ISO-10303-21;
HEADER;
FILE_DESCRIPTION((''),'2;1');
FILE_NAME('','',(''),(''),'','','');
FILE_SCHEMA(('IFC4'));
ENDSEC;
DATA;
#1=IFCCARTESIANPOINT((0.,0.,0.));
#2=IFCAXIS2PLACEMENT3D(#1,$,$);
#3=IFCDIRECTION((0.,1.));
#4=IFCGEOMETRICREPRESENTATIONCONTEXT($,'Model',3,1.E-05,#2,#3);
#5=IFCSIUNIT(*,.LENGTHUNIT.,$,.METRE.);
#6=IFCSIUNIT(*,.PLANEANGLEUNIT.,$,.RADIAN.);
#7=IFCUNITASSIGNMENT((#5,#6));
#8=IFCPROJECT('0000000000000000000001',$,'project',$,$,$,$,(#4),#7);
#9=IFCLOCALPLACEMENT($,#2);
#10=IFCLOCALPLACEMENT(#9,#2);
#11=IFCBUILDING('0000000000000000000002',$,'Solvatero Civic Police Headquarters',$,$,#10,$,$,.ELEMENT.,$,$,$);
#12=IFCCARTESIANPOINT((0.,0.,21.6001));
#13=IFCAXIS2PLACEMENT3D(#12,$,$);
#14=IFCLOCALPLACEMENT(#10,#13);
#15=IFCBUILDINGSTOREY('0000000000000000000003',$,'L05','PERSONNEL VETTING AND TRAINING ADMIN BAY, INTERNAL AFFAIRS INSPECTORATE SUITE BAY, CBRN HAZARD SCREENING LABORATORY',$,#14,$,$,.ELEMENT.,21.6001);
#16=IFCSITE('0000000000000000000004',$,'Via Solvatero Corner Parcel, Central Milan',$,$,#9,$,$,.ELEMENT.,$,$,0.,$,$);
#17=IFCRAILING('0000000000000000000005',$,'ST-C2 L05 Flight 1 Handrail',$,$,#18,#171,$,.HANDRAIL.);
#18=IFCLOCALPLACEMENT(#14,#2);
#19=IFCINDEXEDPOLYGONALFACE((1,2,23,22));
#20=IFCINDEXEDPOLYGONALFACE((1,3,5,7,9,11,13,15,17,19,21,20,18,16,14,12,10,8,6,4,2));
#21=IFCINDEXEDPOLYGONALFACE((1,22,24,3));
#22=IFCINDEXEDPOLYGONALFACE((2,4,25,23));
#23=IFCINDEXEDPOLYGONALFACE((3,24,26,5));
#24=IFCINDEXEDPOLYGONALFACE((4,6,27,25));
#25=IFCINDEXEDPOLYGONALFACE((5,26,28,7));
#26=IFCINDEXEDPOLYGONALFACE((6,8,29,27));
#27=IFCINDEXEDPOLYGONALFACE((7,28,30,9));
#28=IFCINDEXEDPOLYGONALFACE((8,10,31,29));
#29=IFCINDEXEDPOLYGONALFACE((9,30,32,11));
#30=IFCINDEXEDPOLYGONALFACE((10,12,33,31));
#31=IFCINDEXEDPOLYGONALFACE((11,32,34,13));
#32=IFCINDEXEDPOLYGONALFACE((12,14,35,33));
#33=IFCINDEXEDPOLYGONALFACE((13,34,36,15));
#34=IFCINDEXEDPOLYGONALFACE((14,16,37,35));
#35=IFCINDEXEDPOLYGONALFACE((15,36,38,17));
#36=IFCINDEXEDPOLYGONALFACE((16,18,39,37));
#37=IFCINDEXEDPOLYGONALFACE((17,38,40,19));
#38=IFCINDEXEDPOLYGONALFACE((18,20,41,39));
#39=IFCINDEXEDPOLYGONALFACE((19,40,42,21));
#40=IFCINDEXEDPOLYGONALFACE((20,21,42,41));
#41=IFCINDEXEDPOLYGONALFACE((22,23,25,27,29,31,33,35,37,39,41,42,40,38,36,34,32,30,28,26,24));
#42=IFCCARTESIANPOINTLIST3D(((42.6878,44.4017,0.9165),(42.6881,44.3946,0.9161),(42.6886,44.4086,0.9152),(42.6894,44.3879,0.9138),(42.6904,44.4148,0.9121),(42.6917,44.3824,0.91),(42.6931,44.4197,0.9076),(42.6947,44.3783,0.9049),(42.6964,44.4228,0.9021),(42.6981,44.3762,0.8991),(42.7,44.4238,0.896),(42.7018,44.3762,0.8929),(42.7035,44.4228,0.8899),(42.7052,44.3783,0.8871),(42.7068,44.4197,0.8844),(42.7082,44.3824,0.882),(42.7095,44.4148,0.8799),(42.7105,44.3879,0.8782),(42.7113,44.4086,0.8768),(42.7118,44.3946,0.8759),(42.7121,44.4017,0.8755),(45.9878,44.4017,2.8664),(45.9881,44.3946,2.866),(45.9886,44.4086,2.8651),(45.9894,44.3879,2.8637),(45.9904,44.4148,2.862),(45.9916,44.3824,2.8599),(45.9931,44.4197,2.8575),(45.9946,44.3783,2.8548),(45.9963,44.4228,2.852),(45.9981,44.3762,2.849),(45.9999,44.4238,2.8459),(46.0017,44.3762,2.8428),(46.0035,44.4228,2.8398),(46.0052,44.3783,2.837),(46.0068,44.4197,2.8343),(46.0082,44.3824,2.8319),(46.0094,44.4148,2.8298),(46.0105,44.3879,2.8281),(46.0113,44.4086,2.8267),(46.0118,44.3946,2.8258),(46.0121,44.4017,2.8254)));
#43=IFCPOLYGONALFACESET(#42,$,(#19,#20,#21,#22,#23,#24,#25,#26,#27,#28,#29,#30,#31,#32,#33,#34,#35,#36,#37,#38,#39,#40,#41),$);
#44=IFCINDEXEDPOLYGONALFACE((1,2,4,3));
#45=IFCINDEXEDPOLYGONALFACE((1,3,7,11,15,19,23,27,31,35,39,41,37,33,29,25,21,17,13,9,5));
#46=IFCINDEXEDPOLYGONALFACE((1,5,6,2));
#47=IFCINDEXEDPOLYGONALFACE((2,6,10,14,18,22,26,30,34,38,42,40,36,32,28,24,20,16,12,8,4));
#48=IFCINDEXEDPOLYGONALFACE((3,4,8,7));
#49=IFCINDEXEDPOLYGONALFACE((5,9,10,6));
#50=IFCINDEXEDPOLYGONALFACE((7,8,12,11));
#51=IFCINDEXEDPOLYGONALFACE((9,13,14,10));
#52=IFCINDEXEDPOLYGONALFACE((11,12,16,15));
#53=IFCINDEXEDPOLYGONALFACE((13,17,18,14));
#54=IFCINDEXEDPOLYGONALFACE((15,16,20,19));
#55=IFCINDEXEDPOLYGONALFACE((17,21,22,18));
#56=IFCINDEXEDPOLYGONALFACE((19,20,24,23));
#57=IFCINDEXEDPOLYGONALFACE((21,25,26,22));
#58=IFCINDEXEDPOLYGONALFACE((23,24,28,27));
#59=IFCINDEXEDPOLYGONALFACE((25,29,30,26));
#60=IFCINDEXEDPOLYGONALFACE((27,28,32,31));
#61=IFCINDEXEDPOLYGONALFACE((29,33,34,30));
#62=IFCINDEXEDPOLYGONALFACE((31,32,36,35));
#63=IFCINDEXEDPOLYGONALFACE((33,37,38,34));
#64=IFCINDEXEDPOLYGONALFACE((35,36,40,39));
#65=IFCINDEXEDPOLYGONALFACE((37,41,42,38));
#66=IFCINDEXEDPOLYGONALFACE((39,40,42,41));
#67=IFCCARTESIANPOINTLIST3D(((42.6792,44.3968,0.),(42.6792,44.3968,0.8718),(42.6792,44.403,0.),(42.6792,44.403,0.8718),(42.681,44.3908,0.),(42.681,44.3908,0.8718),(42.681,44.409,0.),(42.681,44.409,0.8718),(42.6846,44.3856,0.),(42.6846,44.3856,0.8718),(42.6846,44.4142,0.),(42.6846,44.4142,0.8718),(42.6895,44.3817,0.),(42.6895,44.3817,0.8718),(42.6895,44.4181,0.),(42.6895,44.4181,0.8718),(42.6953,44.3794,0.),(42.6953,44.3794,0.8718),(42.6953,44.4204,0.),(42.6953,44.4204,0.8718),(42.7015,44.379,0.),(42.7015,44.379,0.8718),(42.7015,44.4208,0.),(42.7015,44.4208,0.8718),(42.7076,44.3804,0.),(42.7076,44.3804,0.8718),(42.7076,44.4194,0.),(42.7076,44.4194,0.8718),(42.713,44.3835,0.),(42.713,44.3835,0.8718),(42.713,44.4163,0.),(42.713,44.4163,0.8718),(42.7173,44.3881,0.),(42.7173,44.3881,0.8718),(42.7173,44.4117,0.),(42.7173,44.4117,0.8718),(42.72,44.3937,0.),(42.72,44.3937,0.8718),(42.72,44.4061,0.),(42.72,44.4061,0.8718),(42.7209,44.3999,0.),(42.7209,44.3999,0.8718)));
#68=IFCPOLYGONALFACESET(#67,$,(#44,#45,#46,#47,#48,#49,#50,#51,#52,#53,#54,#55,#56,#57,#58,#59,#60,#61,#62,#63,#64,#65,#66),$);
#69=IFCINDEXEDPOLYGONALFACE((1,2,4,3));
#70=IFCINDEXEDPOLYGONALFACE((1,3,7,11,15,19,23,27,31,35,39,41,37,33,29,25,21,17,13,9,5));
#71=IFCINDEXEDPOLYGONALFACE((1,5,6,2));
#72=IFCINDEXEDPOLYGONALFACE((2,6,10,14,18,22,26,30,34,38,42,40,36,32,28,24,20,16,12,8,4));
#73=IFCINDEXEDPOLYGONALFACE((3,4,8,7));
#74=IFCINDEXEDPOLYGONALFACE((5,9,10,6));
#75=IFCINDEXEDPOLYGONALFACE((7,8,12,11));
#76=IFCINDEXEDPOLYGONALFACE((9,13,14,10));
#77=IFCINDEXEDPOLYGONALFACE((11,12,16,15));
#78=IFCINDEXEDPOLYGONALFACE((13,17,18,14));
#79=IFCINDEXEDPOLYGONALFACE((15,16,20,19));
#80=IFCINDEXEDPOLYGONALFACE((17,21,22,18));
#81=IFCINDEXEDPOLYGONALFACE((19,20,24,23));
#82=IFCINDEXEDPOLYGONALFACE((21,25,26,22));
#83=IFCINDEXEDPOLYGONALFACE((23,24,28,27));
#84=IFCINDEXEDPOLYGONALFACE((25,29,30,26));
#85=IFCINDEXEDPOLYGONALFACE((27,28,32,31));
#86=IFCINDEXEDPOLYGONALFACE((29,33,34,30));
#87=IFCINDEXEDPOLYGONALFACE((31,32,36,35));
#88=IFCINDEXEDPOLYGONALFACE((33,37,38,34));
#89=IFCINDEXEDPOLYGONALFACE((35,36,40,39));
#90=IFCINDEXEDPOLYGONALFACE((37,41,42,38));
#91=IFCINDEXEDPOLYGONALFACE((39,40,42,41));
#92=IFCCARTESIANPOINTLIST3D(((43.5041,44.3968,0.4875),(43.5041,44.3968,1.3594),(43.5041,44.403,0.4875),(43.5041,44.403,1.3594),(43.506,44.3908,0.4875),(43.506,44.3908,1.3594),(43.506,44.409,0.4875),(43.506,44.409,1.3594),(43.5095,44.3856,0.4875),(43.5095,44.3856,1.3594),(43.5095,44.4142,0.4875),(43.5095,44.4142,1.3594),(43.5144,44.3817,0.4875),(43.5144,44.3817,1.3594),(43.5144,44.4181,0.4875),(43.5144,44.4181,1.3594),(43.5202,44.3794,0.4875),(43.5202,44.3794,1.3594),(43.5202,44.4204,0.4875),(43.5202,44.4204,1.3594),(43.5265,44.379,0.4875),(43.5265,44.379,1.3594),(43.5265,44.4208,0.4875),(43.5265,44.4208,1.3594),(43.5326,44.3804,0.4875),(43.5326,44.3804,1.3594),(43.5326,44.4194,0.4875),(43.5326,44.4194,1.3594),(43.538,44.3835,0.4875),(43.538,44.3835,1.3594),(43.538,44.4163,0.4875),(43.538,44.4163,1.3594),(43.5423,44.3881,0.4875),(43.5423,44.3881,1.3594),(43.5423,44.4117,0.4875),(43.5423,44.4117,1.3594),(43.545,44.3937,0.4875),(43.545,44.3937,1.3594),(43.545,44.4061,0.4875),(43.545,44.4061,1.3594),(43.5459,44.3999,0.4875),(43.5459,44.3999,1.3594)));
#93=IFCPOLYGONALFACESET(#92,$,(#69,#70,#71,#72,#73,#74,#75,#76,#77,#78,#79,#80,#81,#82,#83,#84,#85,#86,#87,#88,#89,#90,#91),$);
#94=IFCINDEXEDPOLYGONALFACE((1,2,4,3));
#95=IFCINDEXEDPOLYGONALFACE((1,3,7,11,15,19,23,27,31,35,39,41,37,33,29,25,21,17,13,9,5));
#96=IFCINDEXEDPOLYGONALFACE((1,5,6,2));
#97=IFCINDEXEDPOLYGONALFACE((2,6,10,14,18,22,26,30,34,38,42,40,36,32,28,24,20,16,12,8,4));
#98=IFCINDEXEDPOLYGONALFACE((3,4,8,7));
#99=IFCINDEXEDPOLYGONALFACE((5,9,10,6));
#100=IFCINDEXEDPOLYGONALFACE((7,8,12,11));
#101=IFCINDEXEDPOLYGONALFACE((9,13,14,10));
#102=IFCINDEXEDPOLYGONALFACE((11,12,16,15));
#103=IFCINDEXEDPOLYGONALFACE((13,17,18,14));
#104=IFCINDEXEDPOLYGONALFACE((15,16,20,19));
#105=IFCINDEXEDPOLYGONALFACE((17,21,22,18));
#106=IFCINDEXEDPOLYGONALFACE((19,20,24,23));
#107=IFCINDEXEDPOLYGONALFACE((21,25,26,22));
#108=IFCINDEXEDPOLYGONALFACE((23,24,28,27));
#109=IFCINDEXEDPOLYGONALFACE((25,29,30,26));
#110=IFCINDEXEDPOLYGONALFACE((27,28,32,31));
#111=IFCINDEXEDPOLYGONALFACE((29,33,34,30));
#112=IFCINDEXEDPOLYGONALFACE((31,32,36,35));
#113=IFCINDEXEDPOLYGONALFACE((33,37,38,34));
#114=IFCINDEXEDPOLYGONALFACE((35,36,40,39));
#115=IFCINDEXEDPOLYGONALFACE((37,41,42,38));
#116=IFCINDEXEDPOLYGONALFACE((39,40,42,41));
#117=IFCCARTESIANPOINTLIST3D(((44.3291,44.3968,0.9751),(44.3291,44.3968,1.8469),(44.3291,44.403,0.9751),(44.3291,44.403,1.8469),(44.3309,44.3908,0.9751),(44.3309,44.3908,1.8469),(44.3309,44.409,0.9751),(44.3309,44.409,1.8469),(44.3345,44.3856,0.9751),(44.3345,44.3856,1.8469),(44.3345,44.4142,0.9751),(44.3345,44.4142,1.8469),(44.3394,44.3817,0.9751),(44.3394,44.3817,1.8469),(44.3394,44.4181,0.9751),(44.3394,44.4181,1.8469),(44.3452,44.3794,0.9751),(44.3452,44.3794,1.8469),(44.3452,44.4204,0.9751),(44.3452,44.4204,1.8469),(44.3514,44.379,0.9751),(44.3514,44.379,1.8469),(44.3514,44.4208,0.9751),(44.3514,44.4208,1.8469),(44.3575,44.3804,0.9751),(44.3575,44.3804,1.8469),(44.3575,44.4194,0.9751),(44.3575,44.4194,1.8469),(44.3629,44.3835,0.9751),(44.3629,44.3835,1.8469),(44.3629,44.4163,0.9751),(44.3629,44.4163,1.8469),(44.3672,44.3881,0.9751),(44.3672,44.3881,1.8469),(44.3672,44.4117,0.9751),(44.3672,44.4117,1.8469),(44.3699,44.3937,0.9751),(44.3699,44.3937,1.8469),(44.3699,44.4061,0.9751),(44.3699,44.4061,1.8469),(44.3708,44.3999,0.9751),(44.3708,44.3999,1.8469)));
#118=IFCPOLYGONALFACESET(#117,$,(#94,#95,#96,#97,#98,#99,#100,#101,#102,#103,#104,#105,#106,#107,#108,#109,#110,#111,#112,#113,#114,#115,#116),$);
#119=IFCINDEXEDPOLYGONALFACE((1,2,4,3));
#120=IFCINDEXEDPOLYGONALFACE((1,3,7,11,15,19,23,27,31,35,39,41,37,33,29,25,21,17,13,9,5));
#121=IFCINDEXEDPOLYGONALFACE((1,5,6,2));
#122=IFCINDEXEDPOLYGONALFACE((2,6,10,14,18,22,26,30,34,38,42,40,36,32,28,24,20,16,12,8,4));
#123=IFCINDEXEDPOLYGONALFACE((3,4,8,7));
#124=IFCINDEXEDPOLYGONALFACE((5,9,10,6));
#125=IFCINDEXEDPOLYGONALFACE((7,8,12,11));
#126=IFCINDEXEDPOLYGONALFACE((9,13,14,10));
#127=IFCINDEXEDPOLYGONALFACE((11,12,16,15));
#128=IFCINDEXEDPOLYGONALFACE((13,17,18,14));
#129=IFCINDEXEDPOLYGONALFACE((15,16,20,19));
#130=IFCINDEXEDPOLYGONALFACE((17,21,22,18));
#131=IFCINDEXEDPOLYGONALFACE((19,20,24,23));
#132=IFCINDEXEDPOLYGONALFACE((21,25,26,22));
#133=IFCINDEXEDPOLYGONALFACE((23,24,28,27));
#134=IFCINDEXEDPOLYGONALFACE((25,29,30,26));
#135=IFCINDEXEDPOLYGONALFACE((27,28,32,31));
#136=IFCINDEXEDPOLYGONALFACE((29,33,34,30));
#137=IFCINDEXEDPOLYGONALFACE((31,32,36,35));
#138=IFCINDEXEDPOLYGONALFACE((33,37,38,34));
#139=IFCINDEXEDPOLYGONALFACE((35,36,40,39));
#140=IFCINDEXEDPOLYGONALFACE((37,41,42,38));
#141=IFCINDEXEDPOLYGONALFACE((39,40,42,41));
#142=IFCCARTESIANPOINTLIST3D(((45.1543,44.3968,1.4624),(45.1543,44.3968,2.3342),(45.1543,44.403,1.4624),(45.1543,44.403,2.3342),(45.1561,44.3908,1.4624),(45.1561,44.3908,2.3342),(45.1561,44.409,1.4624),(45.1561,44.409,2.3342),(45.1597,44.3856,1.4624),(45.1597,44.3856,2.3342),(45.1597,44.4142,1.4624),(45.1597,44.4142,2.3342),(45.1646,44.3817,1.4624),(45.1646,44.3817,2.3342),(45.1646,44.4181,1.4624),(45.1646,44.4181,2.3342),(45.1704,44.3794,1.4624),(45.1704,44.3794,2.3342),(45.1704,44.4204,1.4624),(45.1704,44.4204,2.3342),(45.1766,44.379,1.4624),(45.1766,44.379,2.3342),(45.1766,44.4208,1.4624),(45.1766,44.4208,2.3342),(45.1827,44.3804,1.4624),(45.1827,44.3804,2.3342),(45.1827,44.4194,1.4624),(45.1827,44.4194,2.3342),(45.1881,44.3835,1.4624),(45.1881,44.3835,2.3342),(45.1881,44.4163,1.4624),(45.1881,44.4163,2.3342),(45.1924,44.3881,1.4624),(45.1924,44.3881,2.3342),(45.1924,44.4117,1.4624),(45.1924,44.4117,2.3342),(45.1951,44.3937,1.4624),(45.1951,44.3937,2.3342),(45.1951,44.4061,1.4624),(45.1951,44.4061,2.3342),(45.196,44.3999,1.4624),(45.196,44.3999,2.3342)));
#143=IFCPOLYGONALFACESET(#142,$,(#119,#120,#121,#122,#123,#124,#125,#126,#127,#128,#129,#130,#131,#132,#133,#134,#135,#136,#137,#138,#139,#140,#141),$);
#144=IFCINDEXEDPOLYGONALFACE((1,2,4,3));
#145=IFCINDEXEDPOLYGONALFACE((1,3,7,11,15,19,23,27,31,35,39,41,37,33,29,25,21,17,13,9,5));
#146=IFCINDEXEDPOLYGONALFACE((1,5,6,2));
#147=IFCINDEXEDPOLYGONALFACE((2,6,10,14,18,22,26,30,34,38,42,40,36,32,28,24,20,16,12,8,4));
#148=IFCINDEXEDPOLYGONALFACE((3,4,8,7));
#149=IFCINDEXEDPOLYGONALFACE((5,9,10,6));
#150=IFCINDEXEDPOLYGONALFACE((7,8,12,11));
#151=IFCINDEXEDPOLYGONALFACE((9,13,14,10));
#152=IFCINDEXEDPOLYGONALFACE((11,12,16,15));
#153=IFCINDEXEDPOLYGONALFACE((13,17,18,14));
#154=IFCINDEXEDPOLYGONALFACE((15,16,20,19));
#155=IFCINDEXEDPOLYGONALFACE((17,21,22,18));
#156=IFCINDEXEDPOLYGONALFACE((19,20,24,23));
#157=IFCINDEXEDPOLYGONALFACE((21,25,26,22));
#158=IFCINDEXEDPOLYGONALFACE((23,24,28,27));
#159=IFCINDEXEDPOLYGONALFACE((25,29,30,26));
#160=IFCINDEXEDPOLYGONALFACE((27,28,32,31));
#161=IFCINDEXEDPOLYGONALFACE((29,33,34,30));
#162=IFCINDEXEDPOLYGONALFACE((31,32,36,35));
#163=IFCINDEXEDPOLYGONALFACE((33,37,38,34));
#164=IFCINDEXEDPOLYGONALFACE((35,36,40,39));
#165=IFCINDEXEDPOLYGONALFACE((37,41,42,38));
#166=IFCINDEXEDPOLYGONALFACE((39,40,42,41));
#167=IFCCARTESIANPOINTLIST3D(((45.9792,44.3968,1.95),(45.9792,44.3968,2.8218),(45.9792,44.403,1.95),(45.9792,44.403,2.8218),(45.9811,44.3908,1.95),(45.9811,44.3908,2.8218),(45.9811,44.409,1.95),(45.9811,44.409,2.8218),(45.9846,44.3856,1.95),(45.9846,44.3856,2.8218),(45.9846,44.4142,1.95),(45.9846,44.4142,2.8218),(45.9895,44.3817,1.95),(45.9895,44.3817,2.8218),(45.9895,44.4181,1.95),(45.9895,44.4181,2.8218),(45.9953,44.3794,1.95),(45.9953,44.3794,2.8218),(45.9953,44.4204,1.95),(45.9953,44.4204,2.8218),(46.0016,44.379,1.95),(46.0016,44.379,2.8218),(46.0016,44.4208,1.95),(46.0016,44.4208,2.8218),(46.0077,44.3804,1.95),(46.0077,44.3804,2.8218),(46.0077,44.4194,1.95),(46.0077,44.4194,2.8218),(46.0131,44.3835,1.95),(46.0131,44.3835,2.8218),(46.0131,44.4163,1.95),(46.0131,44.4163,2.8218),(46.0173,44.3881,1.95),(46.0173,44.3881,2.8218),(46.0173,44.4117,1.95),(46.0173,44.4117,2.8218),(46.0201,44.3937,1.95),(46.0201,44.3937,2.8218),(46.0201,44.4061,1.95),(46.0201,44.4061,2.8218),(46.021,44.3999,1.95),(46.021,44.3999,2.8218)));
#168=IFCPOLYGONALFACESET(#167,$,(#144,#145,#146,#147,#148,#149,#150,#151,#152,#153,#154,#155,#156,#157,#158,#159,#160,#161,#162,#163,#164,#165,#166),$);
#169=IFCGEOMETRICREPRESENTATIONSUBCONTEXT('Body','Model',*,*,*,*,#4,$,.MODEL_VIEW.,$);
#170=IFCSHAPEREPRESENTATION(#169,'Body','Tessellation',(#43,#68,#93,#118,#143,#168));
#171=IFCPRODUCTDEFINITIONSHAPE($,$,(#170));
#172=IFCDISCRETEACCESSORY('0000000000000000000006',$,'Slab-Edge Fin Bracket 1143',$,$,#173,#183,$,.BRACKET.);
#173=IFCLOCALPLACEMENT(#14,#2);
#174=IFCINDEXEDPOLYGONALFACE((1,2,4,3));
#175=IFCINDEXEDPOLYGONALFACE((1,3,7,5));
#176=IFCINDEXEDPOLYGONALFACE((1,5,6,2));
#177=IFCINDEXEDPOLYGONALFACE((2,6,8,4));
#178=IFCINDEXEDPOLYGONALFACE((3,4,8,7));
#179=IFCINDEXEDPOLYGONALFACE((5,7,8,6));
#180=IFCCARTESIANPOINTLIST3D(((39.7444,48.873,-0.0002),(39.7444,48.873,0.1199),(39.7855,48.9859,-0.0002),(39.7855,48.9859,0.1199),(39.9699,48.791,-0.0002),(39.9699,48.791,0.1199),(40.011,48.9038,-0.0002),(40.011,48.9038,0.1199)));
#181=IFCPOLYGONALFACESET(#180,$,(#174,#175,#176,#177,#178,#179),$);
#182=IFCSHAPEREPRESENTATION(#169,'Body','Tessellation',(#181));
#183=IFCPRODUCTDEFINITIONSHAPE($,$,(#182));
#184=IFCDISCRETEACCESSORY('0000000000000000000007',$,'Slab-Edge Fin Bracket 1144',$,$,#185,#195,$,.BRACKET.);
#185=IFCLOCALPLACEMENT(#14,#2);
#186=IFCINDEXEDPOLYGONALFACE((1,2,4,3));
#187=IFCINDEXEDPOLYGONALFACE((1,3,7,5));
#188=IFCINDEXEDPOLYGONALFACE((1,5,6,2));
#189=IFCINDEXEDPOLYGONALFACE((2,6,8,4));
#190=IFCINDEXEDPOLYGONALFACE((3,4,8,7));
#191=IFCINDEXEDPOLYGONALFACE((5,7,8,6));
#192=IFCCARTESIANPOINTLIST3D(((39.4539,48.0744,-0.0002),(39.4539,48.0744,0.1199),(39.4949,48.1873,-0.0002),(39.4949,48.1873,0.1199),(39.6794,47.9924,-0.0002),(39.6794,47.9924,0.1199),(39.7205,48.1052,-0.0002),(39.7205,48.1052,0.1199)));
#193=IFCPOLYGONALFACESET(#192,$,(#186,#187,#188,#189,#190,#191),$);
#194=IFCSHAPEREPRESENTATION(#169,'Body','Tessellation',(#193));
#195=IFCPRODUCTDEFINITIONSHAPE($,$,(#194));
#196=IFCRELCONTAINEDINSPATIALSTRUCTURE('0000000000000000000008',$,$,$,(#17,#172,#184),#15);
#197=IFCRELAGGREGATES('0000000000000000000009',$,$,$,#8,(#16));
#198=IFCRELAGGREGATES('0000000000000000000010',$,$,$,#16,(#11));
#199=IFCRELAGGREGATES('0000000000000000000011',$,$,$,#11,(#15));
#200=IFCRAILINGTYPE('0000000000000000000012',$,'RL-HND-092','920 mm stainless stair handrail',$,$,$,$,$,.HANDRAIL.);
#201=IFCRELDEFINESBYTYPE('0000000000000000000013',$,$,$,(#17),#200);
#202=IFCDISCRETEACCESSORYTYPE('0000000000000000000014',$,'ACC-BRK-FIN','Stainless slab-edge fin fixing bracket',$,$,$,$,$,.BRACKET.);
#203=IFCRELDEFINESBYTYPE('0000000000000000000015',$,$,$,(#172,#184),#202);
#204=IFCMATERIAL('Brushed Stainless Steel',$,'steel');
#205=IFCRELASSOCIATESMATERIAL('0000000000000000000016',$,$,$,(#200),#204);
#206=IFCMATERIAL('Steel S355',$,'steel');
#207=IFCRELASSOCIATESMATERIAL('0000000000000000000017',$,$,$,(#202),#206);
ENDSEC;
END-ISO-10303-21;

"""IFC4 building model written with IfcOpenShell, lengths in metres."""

from ifc_helpers import new_model, si_unit, direction, frame, origin, origin_2d, place, context, subcontext, project, spatial, rectangle, circle, extrude, material, type_object, element, save


model = new_model("IFC4")

# Units and contexts
model_context = context("Model", 3, precision=1e-05, world=origin(), true_north=direction((0.0, 1.0)))
body_context = subcontext(model_context, "Body", "Model", "MODEL_VIEW")
ifc_project = project(units=[si_unit("LENGTHUNIT", "METRE"), si_unit("PLANEANGLEUNIT", "RADIAN")], contexts=[model_context])

# Site, building, storey
site_placement = place(None, origin())
site = spatial("IfcSite", under=ifc_project, at=site_placement, Name="Via Solvatero Corner Parcel, Central Milan", CompositionType="ELEMENT", RefElevation=0.0)
building_placement = place(site_placement, origin())
building = spatial("IfcBuilding", under=site, at=building_placement, Name="Solvatero Civic Police Headquarters", CompositionType="ELEMENT")
storey_placement = place(building_placement, frame((0.0, 0.0, 21.6001)))
storey = spatial("IfcBuildingStorey", under=building, at=storey_placement, Name="L05", Description="PERSONNEL VETTING AND TRAINING ADMIN BAY, INTERNAL AFFAIRS INSPECTORATE SUITE BAY, CBRN HAZARD SCREENING LABORATORY", CompositionType="ELEMENT", Elevation=21.6001)

# Shared definitions
ifc_material_1 = material(Name="Steel S355", Category="steel")

# Railing
ifc_material_2 = material(Name="Brushed Stainless Steel", Category="steel")
railing_type_1 = type_object("IfcRailingType", Name="RL-HND-092", Description="920 mm stainless stair handrail", PredefinedType="HANDRAIL", material=ifc_material_2)
railing_1_placement = place(storey_placement, frame((42.7, 44.3999, 0.0)))
element("IfcRailing", 1, at=railing_1_placement, inside=storey, type_object=railing_type_1, Name="ST-C2 L05 Flight 1 Handrail", PredefinedType="HANDRAIL", context=body_context, shape_type="SweptSolid", body=[
    extrude(circle(Radius=0.0239, at=origin_2d()), frame((0.0, 0.0, 0.896), z_axis=(0.860935, 0.0, 0.508714), x_axis=(0.0, 1.0, 0.0)), (0.0, 0.0, 1.0), 3.833),
    extrude(circle(Radius=0.021, at=origin_2d()), origin(), (0.0, 0.0, 1.0), 0.8718),
    extrude(circle(Radius=0.021, at=origin_2d()), frame((0.825, 0.0, 0.4875)), (0.0, 0.0, 1.0), 0.8718),
    extrude(circle(Radius=0.021, at=origin_2d()), frame((1.6499, 0.0, 0.9751)), (0.0, 0.0, 1.0), 0.8718),
    extrude(circle(Radius=0.021, at=origin_2d()), frame((2.4751, 0.0, 1.4624)), (0.0, 0.0, 1.0), 0.8718),
    extrude(circle(Radius=0.021, at=origin_2d()), frame((3.3, 0.0, 1.95)), (0.0, 0.0, 1.0), 0.8718),
])

# Discrete accessories
discrete_accessory_type = type_object("IfcDiscreteAccessoryType", Name="ACC-BRK-FIN", Description="Stainless slab-edge fin fixing bracket", PredefinedType="BRACKET", material=ifc_material_1)
for number, where, z_axis, x_axis, name in (
    (2, (39.8777, 48.8884, -0.0002), (0.0, 0.0, 1.0), (-0.34202, -0.939693, 0.0), "Slab-Edge Fin Bracket 1143"),
    (3, (39.5872, 48.0898, -0.0002), (0.0, 0.0, 1.0), (-0.34202, -0.939693, 0.0), "Slab-Edge Fin Bracket 1144"),
):
    element("IfcDiscreteAccessory", number, at=place(storey_placement, frame(where, z_axis=z_axis, x_axis=x_axis)), inside=storey, type_object=discrete_accessory_type, Name=name, PredefinedType="BRACKET", context=body_context, shape_type="SweptSolid", body=[
        extrude(rectangle(XDim=0.1201, YDim=0.24, at=origin_2d()), origin(), (0.0, 0.0, 1.0), 0.1201),
    ])

save(model, "model.ifc")
